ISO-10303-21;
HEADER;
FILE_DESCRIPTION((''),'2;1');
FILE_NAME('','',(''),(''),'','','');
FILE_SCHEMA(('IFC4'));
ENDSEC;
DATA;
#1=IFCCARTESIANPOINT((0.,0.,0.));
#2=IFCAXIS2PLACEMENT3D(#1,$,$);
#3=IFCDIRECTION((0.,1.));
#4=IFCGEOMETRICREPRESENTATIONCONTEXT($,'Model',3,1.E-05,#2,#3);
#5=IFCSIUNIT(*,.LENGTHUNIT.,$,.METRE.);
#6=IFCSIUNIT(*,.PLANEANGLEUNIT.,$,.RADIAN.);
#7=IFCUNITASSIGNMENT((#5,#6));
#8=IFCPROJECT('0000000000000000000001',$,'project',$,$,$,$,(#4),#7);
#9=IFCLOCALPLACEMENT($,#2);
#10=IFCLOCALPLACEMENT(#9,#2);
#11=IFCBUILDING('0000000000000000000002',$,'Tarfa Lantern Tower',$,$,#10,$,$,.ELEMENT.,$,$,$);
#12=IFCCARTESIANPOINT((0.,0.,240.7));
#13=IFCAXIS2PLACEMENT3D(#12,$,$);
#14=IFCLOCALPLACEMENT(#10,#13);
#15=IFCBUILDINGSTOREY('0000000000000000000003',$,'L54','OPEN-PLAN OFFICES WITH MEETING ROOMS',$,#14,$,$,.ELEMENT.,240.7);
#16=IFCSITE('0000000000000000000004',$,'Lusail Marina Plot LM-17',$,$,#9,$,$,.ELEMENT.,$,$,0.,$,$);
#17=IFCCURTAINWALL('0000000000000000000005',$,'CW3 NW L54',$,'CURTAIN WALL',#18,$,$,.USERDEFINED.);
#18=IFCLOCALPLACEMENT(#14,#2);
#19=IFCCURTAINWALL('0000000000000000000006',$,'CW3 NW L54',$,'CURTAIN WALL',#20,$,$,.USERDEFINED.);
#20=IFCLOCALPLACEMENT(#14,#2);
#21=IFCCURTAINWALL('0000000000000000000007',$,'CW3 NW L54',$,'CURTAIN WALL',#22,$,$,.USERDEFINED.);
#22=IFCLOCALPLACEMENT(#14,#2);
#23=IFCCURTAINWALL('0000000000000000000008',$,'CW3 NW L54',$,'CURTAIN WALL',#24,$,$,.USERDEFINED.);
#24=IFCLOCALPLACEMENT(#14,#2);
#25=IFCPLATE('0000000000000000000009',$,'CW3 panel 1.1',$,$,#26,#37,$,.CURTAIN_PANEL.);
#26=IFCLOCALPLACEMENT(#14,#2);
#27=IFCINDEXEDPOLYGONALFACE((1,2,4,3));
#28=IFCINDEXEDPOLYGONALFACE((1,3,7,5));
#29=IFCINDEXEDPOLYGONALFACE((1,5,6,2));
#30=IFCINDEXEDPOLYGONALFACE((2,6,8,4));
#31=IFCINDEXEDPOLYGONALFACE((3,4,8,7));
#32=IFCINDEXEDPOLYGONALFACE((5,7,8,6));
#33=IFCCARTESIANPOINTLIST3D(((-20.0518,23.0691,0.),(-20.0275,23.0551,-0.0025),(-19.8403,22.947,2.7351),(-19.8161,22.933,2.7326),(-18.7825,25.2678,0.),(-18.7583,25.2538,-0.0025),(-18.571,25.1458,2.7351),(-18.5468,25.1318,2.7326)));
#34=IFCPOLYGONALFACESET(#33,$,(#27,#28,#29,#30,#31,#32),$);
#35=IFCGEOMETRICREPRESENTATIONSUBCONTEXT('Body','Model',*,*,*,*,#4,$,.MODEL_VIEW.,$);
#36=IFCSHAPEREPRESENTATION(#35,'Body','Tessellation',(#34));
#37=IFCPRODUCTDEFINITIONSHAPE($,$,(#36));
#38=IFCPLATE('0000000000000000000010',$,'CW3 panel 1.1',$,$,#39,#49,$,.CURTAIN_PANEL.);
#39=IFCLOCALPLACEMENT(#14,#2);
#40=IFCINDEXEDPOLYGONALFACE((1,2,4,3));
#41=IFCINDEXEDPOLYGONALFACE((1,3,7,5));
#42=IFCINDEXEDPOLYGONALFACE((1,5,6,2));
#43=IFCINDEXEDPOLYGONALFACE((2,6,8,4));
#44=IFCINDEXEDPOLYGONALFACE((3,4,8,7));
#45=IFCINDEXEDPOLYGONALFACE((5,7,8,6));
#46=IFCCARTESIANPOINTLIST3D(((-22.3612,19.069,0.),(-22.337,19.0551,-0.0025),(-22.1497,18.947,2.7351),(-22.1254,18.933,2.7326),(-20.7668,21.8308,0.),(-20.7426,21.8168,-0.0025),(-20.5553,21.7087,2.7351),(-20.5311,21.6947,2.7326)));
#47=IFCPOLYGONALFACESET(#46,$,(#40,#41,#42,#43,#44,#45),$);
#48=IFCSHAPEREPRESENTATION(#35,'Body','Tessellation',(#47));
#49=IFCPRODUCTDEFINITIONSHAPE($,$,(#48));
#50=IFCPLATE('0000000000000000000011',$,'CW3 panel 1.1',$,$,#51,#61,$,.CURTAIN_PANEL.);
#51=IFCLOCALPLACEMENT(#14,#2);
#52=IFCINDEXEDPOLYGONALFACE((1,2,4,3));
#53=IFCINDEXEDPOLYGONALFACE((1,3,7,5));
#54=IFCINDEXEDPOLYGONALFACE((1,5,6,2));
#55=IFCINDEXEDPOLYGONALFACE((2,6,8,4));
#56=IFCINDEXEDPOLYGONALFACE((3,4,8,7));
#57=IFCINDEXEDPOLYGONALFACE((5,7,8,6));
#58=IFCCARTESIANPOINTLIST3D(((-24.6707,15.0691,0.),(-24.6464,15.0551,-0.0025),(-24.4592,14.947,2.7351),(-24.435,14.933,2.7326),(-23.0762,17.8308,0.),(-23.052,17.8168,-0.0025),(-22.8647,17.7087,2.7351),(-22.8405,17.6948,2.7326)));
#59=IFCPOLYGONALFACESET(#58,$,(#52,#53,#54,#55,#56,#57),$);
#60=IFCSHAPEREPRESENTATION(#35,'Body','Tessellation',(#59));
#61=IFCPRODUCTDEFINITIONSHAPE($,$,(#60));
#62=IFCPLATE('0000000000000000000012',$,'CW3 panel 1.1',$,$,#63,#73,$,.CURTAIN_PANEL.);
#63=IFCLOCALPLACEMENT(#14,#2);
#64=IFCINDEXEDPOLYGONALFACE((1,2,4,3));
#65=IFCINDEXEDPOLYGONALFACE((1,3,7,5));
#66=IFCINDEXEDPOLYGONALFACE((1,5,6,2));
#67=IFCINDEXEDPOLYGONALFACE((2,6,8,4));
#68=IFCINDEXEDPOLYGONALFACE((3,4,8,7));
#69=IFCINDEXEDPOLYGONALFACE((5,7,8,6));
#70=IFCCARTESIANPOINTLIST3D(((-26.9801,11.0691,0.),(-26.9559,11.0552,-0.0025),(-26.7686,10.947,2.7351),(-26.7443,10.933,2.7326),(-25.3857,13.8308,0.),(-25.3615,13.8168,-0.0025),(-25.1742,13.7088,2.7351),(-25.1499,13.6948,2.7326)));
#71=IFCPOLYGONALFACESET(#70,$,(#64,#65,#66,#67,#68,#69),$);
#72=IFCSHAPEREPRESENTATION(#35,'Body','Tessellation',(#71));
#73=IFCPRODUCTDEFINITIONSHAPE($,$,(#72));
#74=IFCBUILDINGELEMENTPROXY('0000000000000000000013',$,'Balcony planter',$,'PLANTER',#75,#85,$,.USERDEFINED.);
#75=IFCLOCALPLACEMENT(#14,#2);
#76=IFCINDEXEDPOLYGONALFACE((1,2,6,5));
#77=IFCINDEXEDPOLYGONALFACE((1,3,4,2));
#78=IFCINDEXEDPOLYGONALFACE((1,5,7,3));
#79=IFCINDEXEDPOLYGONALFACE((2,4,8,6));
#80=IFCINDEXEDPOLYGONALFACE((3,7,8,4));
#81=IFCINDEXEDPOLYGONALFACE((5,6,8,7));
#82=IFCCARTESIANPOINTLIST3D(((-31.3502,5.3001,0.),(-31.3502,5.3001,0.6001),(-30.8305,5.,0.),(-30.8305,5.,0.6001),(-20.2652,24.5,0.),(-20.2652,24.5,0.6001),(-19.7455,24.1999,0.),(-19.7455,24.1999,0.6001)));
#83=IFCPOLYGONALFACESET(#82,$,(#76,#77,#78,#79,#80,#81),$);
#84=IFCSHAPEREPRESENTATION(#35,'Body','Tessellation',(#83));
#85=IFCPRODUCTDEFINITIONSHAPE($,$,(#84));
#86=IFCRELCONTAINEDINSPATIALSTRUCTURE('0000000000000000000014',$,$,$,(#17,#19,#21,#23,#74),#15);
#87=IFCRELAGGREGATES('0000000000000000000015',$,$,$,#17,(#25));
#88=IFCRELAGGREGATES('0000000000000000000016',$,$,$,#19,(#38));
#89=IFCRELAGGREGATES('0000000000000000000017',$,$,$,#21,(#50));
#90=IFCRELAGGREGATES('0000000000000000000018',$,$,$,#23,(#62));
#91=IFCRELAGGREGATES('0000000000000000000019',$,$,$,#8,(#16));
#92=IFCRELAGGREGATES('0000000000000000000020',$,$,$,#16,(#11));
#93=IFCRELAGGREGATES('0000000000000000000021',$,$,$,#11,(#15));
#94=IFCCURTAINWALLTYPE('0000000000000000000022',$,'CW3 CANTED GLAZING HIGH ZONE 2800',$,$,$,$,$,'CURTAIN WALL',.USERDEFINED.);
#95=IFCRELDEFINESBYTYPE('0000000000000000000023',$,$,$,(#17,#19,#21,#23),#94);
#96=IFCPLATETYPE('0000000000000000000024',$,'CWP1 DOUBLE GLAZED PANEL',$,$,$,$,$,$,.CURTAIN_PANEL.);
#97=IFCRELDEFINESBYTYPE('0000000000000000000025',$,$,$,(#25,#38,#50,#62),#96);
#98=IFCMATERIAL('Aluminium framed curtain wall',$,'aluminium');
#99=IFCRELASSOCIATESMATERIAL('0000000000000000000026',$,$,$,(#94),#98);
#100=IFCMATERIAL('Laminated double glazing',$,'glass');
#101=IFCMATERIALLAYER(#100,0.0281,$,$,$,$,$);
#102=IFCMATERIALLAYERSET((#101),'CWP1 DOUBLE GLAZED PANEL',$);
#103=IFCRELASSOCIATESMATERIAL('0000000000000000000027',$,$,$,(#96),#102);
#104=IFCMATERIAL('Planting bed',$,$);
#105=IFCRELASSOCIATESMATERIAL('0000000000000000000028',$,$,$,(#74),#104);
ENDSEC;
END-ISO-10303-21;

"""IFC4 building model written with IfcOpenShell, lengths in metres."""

from ifc_helpers import new_model, si_unit, direction, frame, origin, origin_2d, place, context, subcontext, project, spatial, polyline, rectangle, outline, extrude, material, layer, layer_set, type_object, element, aggregate, save


model = new_model("IFC4")

# Units and contexts
model_context = context("Model", 3, precision=1e-05, world=origin(), true_north=direction((0.0, 1.0)))
body_context = subcontext(model_context, "Body", "Model", "MODEL_VIEW")
ifc_project = project(units=[si_unit("LENGTHUNIT", "METRE"), si_unit("PLANEANGLEUNIT", "RADIAN")], contexts=[model_context])

# Site, building, storey
site_placement = place(None, origin())
site = spatial("IfcSite", under=ifc_project, at=site_placement, Name="Lusail Marina Plot LM-17", CompositionType="ELEMENT", RefElevation=0.0)
building_placement = place(site_placement, origin())
building = spatial("IfcBuilding", under=site, at=building_placement, Name="Tarfa Lantern Tower", CompositionType="ELEMENT")
storey_placement = place(building_placement, frame((0.0, 0.0, 240.7)))
storey = spatial("IfcBuildingStorey", under=building, at=storey_placement, Name="L54", Description="OPEN-PLAN OFFICES WITH MEETING ROOMS", CompositionType="ELEMENT", Elevation=240.7)

# Curtain wall
ifc_material_1 = material(Name="Aluminium framed curtain wall", Category="aluminium")
curtain_wall_type = type_object("IfcCurtainWallType", Name="CW3 CANTED GLAZING HIGH ZONE 2800", ElementType="CURTAIN WALL", PredefinedType="USERDEFINED", material=ifc_material_1)
curtain_wall_1_placement = place(storey_placement, origin())
curtain_wall_1 = element("IfcCurtainWall", 1, at=curtain_wall_1_placement, inside=storey, type_object=curtain_wall_type, Name="CW3 NW L54", ObjectType="CURTAIN WALL", PredefinedType="USERDEFINED")

# Curtain walls
curtain_wall_2_placement = place(storey_placement, origin())
curtain_wall_2 = element("IfcCurtainWall", 2, at=curtain_wall_2_placement, inside=storey, type_object=curtain_wall_type, Name="CW3 NW L54", ObjectType="CURTAIN WALL", PredefinedType="USERDEFINED")
curtain_wall_3_placement = place(storey_placement, origin())
curtain_wall_3 = element("IfcCurtainWall", 3, at=curtain_wall_3_placement, inside=storey, type_object=curtain_wall_type, Name="CW3 NW L54", ObjectType="CURTAIN WALL", PredefinedType="USERDEFINED")

# Curtain wall
curtain_wall_4_placement = place(storey_placement, origin())
curtain_wall_4 = element("IfcCurtainWall", 4, at=curtain_wall_4_placement, inside=storey, type_object=curtain_wall_type, Name="CW3 NW L54", ObjectType="CURTAIN WALL", PredefinedType="USERDEFINED")

# Plates
ifc_material_2 = material(Name="Laminated double glazing", Category="glass")
ifc_layer = layer(ifc_material_2, 0.0281)
ifc_layer_set = layer_set([ifc_layer], Name="CWP1 DOUBLE GLAZED PANEL")
plate_type = type_object("IfcPlateType", Name="CWP1 DOUBLE GLAZED PANEL", PredefinedType="CURTAIN_PANEL", material=ifc_layer_set)
plate_1_placement = place(storey_placement, frame((-18.7825, 25.2678, 0.0), z_axis=(-0.862622, 0.497976, 0.088906), x_axis=(-0.499956, -0.866051, 0.0)))
plate_1 = element("IfcPlate", 5, at=plate_1_placement, type_object=plate_type, Name="CW3 panel 1.1", PredefinedType="CURTAIN_PANEL", context=body_context, shape_type="SweptSolid", body=[
    extrude(outline(polyline([(0.0, 0.0), (2.5388, 0.0), (2.5388, 2.746), (0.0, 2.746), (0.0, 0.0)])), origin(), (0.0, 0.0, -1.0), 0.0281),
])
aggregate(curtain_wall_1, [plate_1])
plate_2_placement = place(storey_placement, frame((-20.7668, 21.8308, 0.0), z_axis=(-0.862609, 0.49799, 0.088945), x_axis=(-0.499972, -0.866041, -0.000003)))
plate_2 = element("IfcPlate", 6, at=plate_2_placement, type_object=plate_type, Name="CW3 panel 1.1", PredefinedType="CURTAIN_PANEL", context=body_context, shape_type="SweptSolid", body=[
    extrude(outline(polyline([(0.0, 0.0), (3.189, 0.0), (3.1888, 2.746), (0.0, 2.746), (0.0, 0.0)])), origin(), (0.0, 0.0, -1.0), 0.0281),
])
aggregate(curtain_wall_2, [plate_2])
plate_3_placement = place(storey_placement, frame((-23.0762, 17.8308, 0.0), z_axis=(-0.862595, 0.498021, 0.088906), x_axis=(-0.500001, -0.866025, 0.0)))
plate_3 = element("IfcPlate", 7, at=plate_3_placement, type_object=plate_type, Name="CW3 panel 1.1", PredefinedType="CURTAIN_PANEL", context=body_context, shape_type="SweptSolid", body=[
    extrude(outline(polyline([(0.0, 0.0), (3.189, 0.0), (3.189, 2.746), (0.0, 2.746), (0.0, 0.0)])), origin(), (0.0, 0.0, -1.0), 0.0281),
])
aggregate(curtain_wall_3, [plate_3])
plate_4_placement = place(storey_placement, frame((-25.3857, 13.8308, 0.0), z_axis=(-0.862609, 0.49799, 0.088945), x_axis=(-0.499972, -0.866042, 0.000003)))
plate_4 = element("IfcPlate", 8, at=plate_4_placement, type_object=plate_type, Name="CW3 panel 1.1", PredefinedType="CURTAIN_PANEL", context=body_context, shape_type="SweptSolid", body=[
    extrude(outline(polyline([(0.0, 0.0), (3.1888, 0.0), (3.1889, 2.746), (-0.0001, 2.746), (0.0, 0.0)])), origin(), (0.0, 0.0, -1.0), 0.0281),
])
aggregate(curtain_wall_4, [plate_4])

# Building element proxy
ifc_material_3 = material(Name="Planting bed")
proxy_placement = place(storey_placement, frame((-25.5479, 14.75, 0.0), z_axis=(0.0, 0.0, 1.0), x_axis=(-0.5, -0.866025, 0.0)))
element("IfcBuildingElementProxy", 9, at=proxy_placement, inside=storey, material=ifc_material_3, Name="Balcony planter", ObjectType="PLANTER", PredefinedType="USERDEFINED", context=body_context, shape_type="SweptSolid", body=[
    extrude(rectangle(XDim=22.1702, YDim=0.6001, at=origin_2d()), origin(), (0.0, 0.0, 1.0), 0.6001),
])

save(model, "model.ifc")
